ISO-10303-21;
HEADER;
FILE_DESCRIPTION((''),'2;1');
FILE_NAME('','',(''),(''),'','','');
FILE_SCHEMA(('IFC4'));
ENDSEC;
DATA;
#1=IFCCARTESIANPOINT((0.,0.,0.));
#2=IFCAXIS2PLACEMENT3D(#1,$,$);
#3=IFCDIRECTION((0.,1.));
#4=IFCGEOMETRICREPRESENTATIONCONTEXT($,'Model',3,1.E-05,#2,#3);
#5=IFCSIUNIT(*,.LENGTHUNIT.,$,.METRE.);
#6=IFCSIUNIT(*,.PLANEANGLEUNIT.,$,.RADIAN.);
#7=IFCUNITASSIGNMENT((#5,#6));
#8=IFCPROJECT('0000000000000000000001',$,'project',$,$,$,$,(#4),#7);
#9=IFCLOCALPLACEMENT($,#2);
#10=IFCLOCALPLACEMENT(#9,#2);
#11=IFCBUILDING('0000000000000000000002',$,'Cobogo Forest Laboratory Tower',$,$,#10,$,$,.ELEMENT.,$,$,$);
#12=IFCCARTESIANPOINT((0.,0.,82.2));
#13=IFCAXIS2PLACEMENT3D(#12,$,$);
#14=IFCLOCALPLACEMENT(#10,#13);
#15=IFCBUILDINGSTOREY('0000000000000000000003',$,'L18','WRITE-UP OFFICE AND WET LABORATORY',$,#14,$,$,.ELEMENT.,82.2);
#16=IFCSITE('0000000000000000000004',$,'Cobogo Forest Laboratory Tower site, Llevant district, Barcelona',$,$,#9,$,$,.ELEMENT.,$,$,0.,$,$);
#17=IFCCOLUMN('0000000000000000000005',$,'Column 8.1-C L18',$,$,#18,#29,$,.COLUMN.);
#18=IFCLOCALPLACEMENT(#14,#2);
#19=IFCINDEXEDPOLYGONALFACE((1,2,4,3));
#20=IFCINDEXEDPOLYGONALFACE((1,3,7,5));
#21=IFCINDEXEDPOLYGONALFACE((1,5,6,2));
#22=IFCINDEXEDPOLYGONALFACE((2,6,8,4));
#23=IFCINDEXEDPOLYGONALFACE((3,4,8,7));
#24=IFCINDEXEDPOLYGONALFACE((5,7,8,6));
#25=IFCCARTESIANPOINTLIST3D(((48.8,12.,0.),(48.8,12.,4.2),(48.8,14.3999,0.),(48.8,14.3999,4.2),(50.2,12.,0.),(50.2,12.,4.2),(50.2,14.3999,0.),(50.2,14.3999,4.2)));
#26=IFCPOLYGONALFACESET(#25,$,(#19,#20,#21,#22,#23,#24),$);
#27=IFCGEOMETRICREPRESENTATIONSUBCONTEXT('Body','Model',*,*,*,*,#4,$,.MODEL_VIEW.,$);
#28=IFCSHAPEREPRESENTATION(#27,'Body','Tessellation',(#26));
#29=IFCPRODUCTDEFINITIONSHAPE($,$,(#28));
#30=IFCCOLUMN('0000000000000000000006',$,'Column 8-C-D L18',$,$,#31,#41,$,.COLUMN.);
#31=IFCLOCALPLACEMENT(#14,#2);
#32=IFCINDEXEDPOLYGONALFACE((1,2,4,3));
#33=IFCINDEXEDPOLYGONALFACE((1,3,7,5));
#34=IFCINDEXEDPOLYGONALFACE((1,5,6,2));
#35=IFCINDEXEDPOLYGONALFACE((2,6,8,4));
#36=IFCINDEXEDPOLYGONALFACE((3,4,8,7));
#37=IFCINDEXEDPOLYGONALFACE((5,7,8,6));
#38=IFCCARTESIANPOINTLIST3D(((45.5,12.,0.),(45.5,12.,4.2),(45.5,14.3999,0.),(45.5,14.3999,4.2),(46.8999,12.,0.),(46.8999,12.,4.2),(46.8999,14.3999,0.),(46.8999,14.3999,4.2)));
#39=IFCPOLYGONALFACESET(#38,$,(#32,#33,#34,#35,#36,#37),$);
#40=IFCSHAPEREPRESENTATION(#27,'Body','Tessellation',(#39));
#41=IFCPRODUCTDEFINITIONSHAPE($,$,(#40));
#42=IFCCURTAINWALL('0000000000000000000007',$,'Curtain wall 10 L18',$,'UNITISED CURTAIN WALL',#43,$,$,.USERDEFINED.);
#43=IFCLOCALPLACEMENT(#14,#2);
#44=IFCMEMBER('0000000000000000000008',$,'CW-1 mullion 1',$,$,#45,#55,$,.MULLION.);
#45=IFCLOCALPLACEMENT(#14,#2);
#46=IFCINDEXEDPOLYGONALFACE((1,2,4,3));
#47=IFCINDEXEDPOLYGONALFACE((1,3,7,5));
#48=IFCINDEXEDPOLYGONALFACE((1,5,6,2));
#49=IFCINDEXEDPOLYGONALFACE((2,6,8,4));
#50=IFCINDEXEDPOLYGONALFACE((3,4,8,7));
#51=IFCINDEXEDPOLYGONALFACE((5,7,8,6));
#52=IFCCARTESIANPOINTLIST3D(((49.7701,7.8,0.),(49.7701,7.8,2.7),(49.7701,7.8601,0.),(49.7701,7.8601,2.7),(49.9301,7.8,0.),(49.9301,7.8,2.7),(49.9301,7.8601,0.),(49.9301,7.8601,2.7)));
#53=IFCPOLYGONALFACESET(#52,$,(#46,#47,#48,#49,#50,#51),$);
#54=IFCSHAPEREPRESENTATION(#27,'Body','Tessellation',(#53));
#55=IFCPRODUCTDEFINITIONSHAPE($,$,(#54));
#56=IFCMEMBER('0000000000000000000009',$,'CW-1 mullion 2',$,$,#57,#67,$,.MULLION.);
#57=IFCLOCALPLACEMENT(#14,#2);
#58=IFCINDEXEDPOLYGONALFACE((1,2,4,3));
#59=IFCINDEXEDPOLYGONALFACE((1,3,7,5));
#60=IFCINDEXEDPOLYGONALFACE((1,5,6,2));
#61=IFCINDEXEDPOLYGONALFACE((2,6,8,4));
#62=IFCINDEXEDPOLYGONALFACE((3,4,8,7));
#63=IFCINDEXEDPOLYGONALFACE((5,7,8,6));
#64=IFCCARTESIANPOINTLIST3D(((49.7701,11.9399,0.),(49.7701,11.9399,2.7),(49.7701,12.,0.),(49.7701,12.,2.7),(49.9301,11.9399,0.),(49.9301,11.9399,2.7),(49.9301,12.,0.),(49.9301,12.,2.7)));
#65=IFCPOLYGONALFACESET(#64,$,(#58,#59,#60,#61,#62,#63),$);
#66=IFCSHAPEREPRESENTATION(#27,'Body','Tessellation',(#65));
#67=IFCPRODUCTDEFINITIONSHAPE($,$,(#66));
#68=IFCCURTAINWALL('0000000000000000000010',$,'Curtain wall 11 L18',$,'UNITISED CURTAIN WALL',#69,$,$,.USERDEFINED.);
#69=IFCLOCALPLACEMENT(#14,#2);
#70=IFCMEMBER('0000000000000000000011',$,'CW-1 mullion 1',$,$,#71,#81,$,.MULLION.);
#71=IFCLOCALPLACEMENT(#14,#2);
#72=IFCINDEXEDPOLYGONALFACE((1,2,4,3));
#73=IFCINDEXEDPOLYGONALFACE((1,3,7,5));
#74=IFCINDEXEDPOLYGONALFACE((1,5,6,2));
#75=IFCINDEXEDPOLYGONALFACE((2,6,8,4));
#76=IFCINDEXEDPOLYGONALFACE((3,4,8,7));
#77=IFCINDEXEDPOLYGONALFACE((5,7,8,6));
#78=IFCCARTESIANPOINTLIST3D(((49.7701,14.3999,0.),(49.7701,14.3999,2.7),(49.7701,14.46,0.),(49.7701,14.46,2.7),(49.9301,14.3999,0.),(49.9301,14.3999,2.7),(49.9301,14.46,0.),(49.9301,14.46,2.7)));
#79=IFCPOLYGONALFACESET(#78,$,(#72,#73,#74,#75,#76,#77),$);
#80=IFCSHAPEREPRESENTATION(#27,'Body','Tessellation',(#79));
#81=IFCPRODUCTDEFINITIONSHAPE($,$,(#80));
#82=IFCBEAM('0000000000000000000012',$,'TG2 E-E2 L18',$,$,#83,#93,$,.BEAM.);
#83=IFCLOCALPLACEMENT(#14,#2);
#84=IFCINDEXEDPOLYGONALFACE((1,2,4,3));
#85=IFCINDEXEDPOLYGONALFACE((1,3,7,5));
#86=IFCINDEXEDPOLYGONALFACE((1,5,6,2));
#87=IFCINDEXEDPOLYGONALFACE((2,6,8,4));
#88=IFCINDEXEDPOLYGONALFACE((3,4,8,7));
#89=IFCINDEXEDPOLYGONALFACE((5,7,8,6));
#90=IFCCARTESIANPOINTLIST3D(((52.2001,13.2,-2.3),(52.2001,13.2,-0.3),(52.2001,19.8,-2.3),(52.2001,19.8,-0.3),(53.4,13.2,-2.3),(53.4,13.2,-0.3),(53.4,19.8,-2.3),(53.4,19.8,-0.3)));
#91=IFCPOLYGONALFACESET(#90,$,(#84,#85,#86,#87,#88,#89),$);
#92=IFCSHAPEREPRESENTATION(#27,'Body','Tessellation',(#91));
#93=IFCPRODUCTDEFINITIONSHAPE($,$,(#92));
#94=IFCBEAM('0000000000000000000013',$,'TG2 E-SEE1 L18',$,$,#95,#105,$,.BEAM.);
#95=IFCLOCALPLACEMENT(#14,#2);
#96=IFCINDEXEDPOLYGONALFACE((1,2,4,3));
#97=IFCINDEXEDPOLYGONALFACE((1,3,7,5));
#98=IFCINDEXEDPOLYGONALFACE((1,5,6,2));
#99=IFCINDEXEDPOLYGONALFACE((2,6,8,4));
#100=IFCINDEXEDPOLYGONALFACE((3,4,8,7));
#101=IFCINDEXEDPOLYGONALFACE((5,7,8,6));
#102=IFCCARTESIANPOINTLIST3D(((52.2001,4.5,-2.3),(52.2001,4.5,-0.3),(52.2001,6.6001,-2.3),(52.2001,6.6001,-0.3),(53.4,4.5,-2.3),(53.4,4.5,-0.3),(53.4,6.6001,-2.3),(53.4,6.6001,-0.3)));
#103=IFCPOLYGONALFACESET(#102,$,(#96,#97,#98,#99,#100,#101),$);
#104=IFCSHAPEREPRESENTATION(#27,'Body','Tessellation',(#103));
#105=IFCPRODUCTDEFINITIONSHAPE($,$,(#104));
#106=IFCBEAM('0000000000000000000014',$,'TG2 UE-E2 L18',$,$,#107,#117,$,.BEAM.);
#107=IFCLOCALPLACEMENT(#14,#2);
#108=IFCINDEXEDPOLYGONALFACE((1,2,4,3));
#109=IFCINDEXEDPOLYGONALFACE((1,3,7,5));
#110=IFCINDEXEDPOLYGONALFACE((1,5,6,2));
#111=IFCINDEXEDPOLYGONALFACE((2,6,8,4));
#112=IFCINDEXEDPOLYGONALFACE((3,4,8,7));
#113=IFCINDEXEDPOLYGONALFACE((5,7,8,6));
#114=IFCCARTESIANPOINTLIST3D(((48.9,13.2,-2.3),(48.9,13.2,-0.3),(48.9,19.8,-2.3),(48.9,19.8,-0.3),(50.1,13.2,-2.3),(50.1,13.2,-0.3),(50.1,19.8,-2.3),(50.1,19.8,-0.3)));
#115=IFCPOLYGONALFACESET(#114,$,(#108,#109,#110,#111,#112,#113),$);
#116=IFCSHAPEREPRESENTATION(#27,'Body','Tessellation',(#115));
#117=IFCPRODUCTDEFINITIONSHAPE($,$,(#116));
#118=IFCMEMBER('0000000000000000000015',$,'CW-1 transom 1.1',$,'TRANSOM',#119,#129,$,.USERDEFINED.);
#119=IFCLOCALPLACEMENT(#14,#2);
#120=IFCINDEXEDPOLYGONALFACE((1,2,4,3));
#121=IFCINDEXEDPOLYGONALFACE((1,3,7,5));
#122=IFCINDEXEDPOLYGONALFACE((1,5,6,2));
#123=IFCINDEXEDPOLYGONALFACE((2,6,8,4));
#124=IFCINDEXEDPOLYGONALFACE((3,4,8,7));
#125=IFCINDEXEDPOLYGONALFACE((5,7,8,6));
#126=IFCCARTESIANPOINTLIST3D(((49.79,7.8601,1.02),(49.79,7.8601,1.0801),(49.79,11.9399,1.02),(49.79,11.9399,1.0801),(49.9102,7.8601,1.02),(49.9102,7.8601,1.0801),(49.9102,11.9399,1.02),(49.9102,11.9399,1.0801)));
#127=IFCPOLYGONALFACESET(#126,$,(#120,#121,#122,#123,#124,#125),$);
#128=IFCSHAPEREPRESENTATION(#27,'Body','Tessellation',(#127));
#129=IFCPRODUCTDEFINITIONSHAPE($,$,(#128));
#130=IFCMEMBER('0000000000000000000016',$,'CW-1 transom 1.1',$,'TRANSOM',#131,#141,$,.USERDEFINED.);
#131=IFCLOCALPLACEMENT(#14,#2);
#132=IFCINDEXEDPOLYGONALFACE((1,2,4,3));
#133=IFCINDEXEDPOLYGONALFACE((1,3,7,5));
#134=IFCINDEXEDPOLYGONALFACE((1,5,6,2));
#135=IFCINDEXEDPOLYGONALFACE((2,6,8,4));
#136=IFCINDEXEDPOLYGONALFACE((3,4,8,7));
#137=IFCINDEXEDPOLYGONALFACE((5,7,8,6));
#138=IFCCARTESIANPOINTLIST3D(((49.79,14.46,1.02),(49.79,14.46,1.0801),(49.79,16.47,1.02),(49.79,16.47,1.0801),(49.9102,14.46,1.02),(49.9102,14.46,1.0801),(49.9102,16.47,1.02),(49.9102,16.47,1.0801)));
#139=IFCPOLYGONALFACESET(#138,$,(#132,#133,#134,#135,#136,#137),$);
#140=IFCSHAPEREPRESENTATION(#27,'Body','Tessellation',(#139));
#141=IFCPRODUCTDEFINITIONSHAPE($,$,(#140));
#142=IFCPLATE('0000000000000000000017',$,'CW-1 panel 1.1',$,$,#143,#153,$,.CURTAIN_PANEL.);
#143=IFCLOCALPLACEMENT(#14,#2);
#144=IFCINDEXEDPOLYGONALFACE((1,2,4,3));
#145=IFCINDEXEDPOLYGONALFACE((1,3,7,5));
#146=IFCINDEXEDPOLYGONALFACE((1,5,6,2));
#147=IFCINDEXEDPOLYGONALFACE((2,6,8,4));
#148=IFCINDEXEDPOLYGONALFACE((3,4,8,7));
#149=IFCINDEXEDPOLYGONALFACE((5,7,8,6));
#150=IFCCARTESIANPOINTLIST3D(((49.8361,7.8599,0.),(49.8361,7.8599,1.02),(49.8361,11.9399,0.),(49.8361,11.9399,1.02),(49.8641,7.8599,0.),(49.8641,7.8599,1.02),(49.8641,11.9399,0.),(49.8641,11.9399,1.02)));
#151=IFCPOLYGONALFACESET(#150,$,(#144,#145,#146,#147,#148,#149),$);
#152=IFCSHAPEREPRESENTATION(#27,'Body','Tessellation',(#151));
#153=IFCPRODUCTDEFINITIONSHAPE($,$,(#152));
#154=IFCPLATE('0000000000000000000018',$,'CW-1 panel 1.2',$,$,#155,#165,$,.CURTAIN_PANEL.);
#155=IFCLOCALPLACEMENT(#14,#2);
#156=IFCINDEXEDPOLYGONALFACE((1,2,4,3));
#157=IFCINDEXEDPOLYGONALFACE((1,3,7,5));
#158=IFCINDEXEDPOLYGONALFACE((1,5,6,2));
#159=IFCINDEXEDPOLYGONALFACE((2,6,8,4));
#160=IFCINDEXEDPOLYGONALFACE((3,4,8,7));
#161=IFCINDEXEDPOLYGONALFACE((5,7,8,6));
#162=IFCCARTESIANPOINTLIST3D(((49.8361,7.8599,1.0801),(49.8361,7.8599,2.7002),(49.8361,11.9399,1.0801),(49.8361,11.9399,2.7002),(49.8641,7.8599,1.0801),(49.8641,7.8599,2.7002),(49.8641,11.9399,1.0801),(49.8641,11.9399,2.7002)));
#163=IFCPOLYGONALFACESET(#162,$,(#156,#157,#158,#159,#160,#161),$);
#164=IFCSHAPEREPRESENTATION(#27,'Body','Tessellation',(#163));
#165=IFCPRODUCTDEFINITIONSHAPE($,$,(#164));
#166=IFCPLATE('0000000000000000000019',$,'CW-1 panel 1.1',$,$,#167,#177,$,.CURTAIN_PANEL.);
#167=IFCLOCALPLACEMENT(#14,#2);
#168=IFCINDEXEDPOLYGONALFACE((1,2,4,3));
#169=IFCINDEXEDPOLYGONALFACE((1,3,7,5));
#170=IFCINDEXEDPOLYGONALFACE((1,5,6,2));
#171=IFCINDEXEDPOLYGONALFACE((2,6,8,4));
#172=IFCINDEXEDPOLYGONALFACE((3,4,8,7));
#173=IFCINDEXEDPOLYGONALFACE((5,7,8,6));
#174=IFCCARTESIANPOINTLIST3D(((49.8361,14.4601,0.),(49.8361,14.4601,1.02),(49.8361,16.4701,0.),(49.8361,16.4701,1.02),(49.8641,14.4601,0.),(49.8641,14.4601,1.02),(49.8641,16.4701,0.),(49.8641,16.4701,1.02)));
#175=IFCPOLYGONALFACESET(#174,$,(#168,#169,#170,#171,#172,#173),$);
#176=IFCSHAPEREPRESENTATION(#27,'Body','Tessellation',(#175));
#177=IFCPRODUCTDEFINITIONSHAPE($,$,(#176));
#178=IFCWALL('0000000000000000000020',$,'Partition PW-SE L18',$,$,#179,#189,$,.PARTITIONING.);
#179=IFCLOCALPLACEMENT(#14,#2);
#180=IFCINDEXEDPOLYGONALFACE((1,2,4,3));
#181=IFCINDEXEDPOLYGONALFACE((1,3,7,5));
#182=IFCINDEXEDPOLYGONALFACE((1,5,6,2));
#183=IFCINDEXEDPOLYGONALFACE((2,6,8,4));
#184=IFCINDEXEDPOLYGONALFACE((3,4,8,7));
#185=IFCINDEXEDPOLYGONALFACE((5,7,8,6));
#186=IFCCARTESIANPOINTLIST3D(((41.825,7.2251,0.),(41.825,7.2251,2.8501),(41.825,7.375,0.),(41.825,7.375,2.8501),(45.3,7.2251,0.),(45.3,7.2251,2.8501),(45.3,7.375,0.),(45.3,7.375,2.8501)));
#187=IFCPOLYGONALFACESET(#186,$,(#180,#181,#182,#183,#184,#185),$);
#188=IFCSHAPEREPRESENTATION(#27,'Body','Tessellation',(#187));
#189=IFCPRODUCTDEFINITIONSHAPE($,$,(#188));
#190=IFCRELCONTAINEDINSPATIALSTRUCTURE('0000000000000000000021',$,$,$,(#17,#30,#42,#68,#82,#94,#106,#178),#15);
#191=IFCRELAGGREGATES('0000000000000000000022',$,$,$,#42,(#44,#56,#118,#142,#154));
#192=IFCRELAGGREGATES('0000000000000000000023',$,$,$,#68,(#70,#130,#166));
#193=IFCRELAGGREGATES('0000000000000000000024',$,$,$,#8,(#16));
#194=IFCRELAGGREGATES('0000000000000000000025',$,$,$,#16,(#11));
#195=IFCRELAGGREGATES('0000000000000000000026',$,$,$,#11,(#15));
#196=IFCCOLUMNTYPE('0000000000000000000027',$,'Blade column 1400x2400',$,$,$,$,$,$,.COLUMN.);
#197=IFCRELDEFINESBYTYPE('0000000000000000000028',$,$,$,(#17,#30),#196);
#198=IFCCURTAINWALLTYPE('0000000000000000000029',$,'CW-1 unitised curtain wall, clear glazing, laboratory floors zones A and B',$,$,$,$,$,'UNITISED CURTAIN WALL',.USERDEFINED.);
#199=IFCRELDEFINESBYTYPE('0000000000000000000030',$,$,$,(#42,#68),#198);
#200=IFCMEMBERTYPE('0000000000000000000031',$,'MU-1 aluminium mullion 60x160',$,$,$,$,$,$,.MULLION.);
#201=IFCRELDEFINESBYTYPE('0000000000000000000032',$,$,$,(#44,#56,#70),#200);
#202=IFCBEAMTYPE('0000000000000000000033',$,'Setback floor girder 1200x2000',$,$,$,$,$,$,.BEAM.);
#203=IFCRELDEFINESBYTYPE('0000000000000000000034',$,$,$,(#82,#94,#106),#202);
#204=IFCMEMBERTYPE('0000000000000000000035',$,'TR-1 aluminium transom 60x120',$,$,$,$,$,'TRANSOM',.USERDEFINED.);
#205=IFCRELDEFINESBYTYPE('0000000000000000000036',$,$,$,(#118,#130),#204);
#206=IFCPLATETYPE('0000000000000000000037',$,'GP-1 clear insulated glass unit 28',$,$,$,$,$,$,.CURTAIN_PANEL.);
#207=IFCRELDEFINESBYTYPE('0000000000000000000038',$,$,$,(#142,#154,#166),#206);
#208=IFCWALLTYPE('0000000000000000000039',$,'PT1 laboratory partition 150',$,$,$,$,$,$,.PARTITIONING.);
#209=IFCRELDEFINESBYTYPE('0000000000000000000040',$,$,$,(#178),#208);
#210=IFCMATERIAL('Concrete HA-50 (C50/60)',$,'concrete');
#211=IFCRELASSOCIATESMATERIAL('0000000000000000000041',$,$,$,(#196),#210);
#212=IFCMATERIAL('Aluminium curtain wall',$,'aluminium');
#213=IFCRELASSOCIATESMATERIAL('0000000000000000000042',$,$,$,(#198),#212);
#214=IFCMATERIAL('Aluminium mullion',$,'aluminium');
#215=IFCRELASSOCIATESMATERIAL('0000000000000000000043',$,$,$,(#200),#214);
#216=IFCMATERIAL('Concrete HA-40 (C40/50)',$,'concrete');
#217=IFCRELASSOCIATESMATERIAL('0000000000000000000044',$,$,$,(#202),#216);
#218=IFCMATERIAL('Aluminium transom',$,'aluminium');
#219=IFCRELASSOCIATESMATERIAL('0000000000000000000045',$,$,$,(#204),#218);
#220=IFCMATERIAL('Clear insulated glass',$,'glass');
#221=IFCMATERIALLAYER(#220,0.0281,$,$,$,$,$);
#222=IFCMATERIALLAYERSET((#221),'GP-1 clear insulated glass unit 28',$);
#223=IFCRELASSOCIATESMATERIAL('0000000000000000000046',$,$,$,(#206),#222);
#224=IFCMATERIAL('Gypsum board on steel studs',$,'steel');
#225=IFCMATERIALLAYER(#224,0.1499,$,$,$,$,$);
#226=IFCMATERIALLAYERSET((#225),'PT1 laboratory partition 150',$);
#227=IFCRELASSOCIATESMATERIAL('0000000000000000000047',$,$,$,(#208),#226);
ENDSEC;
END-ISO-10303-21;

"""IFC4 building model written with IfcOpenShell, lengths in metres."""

from ifc_helpers import new_model, si_unit, direction, frame, frame_2d, origin, origin_2d, place, context, subcontext, project, spatial, rectangle, extrude, material, layer, layer_set, material_profile, profile_set, type_object, element, aggregate, save


model = new_model("IFC4")

# Units and contexts
model_context = context("Model", 3, precision=1e-05, world=origin(), true_north=direction((0.0, 1.0)))
body_context = subcontext(model_context, "Body", "Model", "MODEL_VIEW")
ifc_project = project(units=[si_unit("LENGTHUNIT", "METRE"), si_unit("PLANEANGLEUNIT", "RADIAN")], contexts=[model_context])

# Site, building, storey
site_placement = place(None, origin())
site = spatial("IfcSite", under=ifc_project, at=site_placement, Name="Cobogo Forest Laboratory Tower site, Llevant district, Barcelona", CompositionType="ELEMENT", RefElevation=0.0)
building_placement = place(site_placement, origin())
building = spatial("IfcBuilding", under=site, at=building_placement, Name="Cobogo Forest Laboratory Tower", CompositionType="ELEMENT")
storey_placement = place(building_placement, frame((0.0, 0.0, 82.2)))
storey = spatial("IfcBuildingStorey", under=building, at=storey_placement, Name="L18", Description="WRITE-UP OFFICE AND WET LABORATORY", CompositionType="ELEMENT", Elevation=82.2)

# Columns
ifc_material_1 = material(Name="Concrete HA-50 (C50/60)", Category="concrete")
ifc_material_profile_1 = material_profile(ifc_material_1, rectangle(XDim=2.3999, YDim=1.3999, at=origin_2d()), Name="RC 1400x2400")
ifc_profile_set_1 = profile_set([ifc_material_profile_1], Name="Concrete HA-50 (C50/60)")
column_type = type_object("IfcColumnType", Name="Blade column 1400x2400", PredefinedType="COLUMN", material=ifc_profile_set_1)
for number, where, z_axis, x_axis, name in (
    (1, (49.5, 13.2, 0.0), (0.0, 0.0, 1.0), (0.0, 1.0, 0.0), "Column 8.1-C L18"),
    (2, (46.2, 13.2, 0.0), (0.0, 0.0, 1.0), (0.0, 1.0, 0.0), "Column 8-C-D L18"),
):
    element("IfcColumn", number, at=place(storey_placement, frame(where, z_axis=z_axis, x_axis=x_axis)), inside=storey, type_object=column_type, Name=name, PredefinedType="COLUMN", context=body_context, shape_type="SweptSolid", body=[
        extrude(rectangle(XDim=2.3999, YDim=1.3999, at=origin_2d()), origin(), (0.0, 0.0, 1.0), 4.2),
    ])

# Curtain wall, members
ifc_material_2 = material(Name="Aluminium curtain wall", Category="aluminium")
curtain_wall_type = type_object("IfcCurtainWallType", Name="CW-1 unitised curtain wall, clear glazing, laboratory floors zones A and B", ElementType="UNITISED CURTAIN WALL", PredefinedType="USERDEFINED", material=ifc_material_2)
curtain_wall_1_placement = place(storey_placement, origin())
curtain_wall_1 = element("IfcCurtainWall", 3, at=curtain_wall_1_placement, inside=storey, type_object=curtain_wall_type, Name="Curtain wall 10 L18", ObjectType="UNITISED CURTAIN WALL", PredefinedType="USERDEFINED")
ifc_material_3 = material(Name="Aluminium mullion", Category="aluminium")
ifc_material_profile_2 = material_profile(ifc_material_3, rectangle(XDim=0.0601, YDim=0.1599, at=origin_2d()), Name="AL 60x160")
ifc_profile_set_2 = profile_set([ifc_material_profile_2], Name="Aluminium mullion")
member_type_1 = type_object("IfcMemberType", Name="MU-1 aluminium mullion 60x160", PredefinedType="MULLION", material=ifc_profile_set_2)
member_1_placement = place(storey_placement, frame((49.8501, 7.8301, 0.0), z_axis=(0.0, 0.0, 1.0), x_axis=(0.0, 1.0, 0.0)))
member_1 = element("IfcMember", 4, at=member_1_placement, type_object=member_type_1, Name="CW-1 mullion 1", PredefinedType="MULLION", context=body_context, shape_type="SweptSolid", body=[
    extrude(rectangle(XDim=0.0601, YDim=0.1599, at=origin_2d()), origin(), (0.0, 0.0, 1.0), 2.7),
])
member_2_placement = place(storey_placement, frame((49.8501, 11.97, 0.0), z_axis=(0.0, 0.0, 1.0), x_axis=(0.0, 1.0, 0.0)))
member_2 = element("IfcMember", 5, at=member_2_placement, type_object=member_type_1, Name="CW-1 mullion 2", PredefinedType="MULLION", context=body_context, shape_type="SweptSolid", body=[
    extrude(rectangle(XDim=0.0601, YDim=0.1599, at=origin_2d()), origin(), (0.0, 0.0, 1.0), 2.7),
])

# Curtain wall, member
curtain_wall_2_placement = place(storey_placement, origin())
curtain_wall_2 = element("IfcCurtainWall", 6, at=curtain_wall_2_placement, inside=storey, type_object=curtain_wall_type, Name="Curtain wall 11 L18", ObjectType="UNITISED CURTAIN WALL", PredefinedType="USERDEFINED")
member_3_placement = place(storey_placement, frame((49.8501, 14.4299, 0.0), z_axis=(0.0, 0.0, 1.0), x_axis=(0.0, 1.0, 0.0)))
member_3 = element("IfcMember", 7, at=member_3_placement, type_object=member_type_1, Name="CW-1 mullion 1", PredefinedType="MULLION", context=body_context, shape_type="SweptSolid", body=[
    extrude(rectangle(XDim=0.0601, YDim=0.1599, at=origin_2d()), origin(), (0.0, 0.0, 1.0), 2.7),
])

# Beams
ifc_material_4 = material(Name="Concrete HA-40 (C40/50)", Category="concrete")
ifc_material_profile_3 = material_profile(ifc_material_4, rectangle(XDim=1.2, YDim=2.0, at=origin_2d()), Name="RC 1200x2000")
ifc_profile_set_3 = profile_set([ifc_material_profile_3], Name="Concrete HA-40 (C40/50)")
beam_type = type_object("IfcBeamType", Name="Setback floor girder 1200x2000", PredefinedType="BEAM", material=ifc_profile_set_3)
beam_1_placement = place(storey_placement, frame((52.8, 13.2, -1.3), z_axis=(0.0, 1.0, 0.0), x_axis=(-1.0, 0.0, 0.0)))
element("IfcBeam", 8, at=beam_1_placement, inside=storey, type_object=beam_type, Name="TG2 E-E2 L18", PredefinedType="BEAM", context=body_context, shape_type="SweptSolid", body=[
    extrude(rectangle(XDim=1.2, YDim=2.0, at=origin_2d()), origin(), (0.0, 0.0, 1.0), 6.6001),
])
beam_2_placement = place(storey_placement, frame((52.8, 6.6001, -1.3), z_axis=(0.0, -1.0, 0.0), x_axis=(1.0, 0.0, 0.0)))
element("IfcBeam", 9, at=beam_2_placement, inside=storey, type_object=beam_type, Name="TG2 E-SEE1 L18", PredefinedType="BEAM", context=body_context, shape_type="SweptSolid", body=[
    extrude(rectangle(XDim=1.2, YDim=2.0, at=origin_2d()), origin(), (0.0, 0.0, 1.0), 2.1001),
])
beam_3_placement = place(storey_placement, frame((49.5, 13.2, -1.3), z_axis=(0.0, 1.0, 0.0), x_axis=(-1.0, 0.0, 0.0)))
element("IfcBeam", 10, at=beam_3_placement, inside=storey, type_object=beam_type, Name="TG2 UE-E2 L18", PredefinedType="BEAM", context=body_context, shape_type="SweptSolid", body=[
    extrude(rectangle(XDim=1.2, YDim=2.0, at=origin_2d()), origin(), (0.0, 0.0, 1.0), 6.6001),
])

# Members
ifc_material_5 = material(Name="Aluminium transom", Category="aluminium")
ifc_material_profile_4 = material_profile(ifc_material_5, rectangle(XDim=0.1201, YDim=0.0601, at=origin_2d()), Name="AL 60x120")
ifc_profile_set_4 = profile_set([ifc_material_profile_4], Name="Aluminium transom")
member_type_2 = type_object("IfcMemberType", Name="TR-1 aluminium transom 60x120", ElementType="TRANSOM", PredefinedType="USERDEFINED", material=ifc_profile_set_4)
member_4_placement = place(storey_placement, frame((49.8501, 7.8601, 1.05), z_axis=(0.0, 1.0, 0.0), x_axis=(-1.0, 0.0, 0.0)))
member_4 = element("IfcMember", 11, at=member_4_placement, type_object=member_type_2, Name="CW-1 transom 1.1", ObjectType="TRANSOM", PredefinedType="USERDEFINED", context=body_context, shape_type="SweptSolid", body=[
    extrude(rectangle(XDim=0.1201, YDim=0.0601, at=origin_2d()), origin(), (0.0, 0.0, 1.0), 4.0798),
])
member_5_placement = place(storey_placement, frame((49.8501, 14.46, 1.05), z_axis=(0.0, 1.0, 0.0), x_axis=(-1.0, 0.0, 0.0)))
member_5 = element("IfcMember", 12, at=member_5_placement, type_object=member_type_2, Name="CW-1 transom 1.1", ObjectType="TRANSOM", PredefinedType="USERDEFINED", context=body_context, shape_type="SweptSolid", body=[
    extrude(rectangle(XDim=0.1201, YDim=0.0601, at=origin_2d()), origin(), (0.0, 0.0, 1.0), 2.01),
])

# Plates
ifc_material_6 = material(Name="Clear insulated glass", Category="glass")
ifc_layer_1 = layer(ifc_material_6, 0.0281)
ifc_layer_set_1 = layer_set([ifc_layer_1], Name="GP-1 clear insulated glass unit 28")
plate_type_1 = type_object("IfcPlateType", Name="GP-1 clear insulated glass unit 28", PredefinedType="CURTAIN_PANEL", material=ifc_layer_set_1)
plate_1_placement = place(storey_placement, frame((49.8501, 9.8999, 0.0), z_axis=(0.0, 0.0, 1.0), x_axis=(0.0, 1.0, 0.0)))
plate_1 = element("IfcPlate", 13, at=plate_1_placement, type_object=plate_type_1, Name="CW-1 panel 1.1", PredefinedType="CURTAIN_PANEL", context=body_context, shape_type="SweptSolid", body=[
    extrude(rectangle(XDim=4.0801, YDim=0.0281, at=origin_2d()), origin(), (0.0, 0.0, 1.0), 1.02),
])
plate_2_placement = place(storey_placement, frame((49.8501, 9.8999, 1.0801), z_axis=(0.0, 0.0, 1.0), x_axis=(0.0, 1.0, 0.0)))
plate_2 = element("IfcPlate", 14, at=plate_2_placement, type_object=plate_type_1, Name="CW-1 panel 1.2", PredefinedType="CURTAIN_PANEL", context=body_context, shape_type="SweptSolid", body=[
    extrude(rectangle(XDim=4.0801, YDim=0.0281, at=origin_2d()), origin(), (0.0, 0.0, 1.0), 1.6201),
])
aggregate(curtain_wall_1, [member_1, member_2, member_4, plate_1, plate_2])
plate_3_placement = place(storey_placement, frame((49.8501, 15.4651, 0.0), z_axis=(0.0, 0.0, 1.0), x_axis=(0.0, 1.0, 0.0)))
plate_3 = element("IfcPlate", 15, at=plate_3_placement, type_object=plate_type_1, Name="CW-1 panel 1.1", PredefinedType="CURTAIN_PANEL", context=body_context, shape_type="SweptSolid", body=[
    extrude(rectangle(XDim=2.01, YDim=0.0281, at=origin_2d()), origin(), (0.0, 0.0, 1.0), 1.02),
])
aggregate(curtain_wall_2, [member_3, member_5, plate_3])

# Wall
ifc_material_7 = material(Name="Gypsum board on steel studs", Category="steel")
ifc_layer_2 = layer(ifc_material_7, 0.1499)
ifc_layer_set_2 = layer_set([ifc_layer_2], Name="PT1 laboratory partition 150")
wall_type = type_object("IfcWallType", Name="PT1 laboratory partition 150", PredefinedType="PARTITIONING", material=ifc_layer_set_2)
wall_placement = place(storey_placement, frame((45.3, 7.3, 0.0), z_axis=(0.0, 0.0, 1.0), x_axis=(-1.0, 0.0, 0.0)))
element("IfcWall", 16, at=wall_placement, inside=storey, type_object=wall_type, Name="Partition PW-SE L18", PredefinedType="PARTITIONING", context=body_context, shape_type="SweptSolid", body=[
    extrude(rectangle(XDim=3.4751, YDim=0.1499, at=frame_2d((1.7375, 0.0))), origin(), (0.0, 0.0, 1.0), 2.8501),
])

save(model, "model.ifc")
